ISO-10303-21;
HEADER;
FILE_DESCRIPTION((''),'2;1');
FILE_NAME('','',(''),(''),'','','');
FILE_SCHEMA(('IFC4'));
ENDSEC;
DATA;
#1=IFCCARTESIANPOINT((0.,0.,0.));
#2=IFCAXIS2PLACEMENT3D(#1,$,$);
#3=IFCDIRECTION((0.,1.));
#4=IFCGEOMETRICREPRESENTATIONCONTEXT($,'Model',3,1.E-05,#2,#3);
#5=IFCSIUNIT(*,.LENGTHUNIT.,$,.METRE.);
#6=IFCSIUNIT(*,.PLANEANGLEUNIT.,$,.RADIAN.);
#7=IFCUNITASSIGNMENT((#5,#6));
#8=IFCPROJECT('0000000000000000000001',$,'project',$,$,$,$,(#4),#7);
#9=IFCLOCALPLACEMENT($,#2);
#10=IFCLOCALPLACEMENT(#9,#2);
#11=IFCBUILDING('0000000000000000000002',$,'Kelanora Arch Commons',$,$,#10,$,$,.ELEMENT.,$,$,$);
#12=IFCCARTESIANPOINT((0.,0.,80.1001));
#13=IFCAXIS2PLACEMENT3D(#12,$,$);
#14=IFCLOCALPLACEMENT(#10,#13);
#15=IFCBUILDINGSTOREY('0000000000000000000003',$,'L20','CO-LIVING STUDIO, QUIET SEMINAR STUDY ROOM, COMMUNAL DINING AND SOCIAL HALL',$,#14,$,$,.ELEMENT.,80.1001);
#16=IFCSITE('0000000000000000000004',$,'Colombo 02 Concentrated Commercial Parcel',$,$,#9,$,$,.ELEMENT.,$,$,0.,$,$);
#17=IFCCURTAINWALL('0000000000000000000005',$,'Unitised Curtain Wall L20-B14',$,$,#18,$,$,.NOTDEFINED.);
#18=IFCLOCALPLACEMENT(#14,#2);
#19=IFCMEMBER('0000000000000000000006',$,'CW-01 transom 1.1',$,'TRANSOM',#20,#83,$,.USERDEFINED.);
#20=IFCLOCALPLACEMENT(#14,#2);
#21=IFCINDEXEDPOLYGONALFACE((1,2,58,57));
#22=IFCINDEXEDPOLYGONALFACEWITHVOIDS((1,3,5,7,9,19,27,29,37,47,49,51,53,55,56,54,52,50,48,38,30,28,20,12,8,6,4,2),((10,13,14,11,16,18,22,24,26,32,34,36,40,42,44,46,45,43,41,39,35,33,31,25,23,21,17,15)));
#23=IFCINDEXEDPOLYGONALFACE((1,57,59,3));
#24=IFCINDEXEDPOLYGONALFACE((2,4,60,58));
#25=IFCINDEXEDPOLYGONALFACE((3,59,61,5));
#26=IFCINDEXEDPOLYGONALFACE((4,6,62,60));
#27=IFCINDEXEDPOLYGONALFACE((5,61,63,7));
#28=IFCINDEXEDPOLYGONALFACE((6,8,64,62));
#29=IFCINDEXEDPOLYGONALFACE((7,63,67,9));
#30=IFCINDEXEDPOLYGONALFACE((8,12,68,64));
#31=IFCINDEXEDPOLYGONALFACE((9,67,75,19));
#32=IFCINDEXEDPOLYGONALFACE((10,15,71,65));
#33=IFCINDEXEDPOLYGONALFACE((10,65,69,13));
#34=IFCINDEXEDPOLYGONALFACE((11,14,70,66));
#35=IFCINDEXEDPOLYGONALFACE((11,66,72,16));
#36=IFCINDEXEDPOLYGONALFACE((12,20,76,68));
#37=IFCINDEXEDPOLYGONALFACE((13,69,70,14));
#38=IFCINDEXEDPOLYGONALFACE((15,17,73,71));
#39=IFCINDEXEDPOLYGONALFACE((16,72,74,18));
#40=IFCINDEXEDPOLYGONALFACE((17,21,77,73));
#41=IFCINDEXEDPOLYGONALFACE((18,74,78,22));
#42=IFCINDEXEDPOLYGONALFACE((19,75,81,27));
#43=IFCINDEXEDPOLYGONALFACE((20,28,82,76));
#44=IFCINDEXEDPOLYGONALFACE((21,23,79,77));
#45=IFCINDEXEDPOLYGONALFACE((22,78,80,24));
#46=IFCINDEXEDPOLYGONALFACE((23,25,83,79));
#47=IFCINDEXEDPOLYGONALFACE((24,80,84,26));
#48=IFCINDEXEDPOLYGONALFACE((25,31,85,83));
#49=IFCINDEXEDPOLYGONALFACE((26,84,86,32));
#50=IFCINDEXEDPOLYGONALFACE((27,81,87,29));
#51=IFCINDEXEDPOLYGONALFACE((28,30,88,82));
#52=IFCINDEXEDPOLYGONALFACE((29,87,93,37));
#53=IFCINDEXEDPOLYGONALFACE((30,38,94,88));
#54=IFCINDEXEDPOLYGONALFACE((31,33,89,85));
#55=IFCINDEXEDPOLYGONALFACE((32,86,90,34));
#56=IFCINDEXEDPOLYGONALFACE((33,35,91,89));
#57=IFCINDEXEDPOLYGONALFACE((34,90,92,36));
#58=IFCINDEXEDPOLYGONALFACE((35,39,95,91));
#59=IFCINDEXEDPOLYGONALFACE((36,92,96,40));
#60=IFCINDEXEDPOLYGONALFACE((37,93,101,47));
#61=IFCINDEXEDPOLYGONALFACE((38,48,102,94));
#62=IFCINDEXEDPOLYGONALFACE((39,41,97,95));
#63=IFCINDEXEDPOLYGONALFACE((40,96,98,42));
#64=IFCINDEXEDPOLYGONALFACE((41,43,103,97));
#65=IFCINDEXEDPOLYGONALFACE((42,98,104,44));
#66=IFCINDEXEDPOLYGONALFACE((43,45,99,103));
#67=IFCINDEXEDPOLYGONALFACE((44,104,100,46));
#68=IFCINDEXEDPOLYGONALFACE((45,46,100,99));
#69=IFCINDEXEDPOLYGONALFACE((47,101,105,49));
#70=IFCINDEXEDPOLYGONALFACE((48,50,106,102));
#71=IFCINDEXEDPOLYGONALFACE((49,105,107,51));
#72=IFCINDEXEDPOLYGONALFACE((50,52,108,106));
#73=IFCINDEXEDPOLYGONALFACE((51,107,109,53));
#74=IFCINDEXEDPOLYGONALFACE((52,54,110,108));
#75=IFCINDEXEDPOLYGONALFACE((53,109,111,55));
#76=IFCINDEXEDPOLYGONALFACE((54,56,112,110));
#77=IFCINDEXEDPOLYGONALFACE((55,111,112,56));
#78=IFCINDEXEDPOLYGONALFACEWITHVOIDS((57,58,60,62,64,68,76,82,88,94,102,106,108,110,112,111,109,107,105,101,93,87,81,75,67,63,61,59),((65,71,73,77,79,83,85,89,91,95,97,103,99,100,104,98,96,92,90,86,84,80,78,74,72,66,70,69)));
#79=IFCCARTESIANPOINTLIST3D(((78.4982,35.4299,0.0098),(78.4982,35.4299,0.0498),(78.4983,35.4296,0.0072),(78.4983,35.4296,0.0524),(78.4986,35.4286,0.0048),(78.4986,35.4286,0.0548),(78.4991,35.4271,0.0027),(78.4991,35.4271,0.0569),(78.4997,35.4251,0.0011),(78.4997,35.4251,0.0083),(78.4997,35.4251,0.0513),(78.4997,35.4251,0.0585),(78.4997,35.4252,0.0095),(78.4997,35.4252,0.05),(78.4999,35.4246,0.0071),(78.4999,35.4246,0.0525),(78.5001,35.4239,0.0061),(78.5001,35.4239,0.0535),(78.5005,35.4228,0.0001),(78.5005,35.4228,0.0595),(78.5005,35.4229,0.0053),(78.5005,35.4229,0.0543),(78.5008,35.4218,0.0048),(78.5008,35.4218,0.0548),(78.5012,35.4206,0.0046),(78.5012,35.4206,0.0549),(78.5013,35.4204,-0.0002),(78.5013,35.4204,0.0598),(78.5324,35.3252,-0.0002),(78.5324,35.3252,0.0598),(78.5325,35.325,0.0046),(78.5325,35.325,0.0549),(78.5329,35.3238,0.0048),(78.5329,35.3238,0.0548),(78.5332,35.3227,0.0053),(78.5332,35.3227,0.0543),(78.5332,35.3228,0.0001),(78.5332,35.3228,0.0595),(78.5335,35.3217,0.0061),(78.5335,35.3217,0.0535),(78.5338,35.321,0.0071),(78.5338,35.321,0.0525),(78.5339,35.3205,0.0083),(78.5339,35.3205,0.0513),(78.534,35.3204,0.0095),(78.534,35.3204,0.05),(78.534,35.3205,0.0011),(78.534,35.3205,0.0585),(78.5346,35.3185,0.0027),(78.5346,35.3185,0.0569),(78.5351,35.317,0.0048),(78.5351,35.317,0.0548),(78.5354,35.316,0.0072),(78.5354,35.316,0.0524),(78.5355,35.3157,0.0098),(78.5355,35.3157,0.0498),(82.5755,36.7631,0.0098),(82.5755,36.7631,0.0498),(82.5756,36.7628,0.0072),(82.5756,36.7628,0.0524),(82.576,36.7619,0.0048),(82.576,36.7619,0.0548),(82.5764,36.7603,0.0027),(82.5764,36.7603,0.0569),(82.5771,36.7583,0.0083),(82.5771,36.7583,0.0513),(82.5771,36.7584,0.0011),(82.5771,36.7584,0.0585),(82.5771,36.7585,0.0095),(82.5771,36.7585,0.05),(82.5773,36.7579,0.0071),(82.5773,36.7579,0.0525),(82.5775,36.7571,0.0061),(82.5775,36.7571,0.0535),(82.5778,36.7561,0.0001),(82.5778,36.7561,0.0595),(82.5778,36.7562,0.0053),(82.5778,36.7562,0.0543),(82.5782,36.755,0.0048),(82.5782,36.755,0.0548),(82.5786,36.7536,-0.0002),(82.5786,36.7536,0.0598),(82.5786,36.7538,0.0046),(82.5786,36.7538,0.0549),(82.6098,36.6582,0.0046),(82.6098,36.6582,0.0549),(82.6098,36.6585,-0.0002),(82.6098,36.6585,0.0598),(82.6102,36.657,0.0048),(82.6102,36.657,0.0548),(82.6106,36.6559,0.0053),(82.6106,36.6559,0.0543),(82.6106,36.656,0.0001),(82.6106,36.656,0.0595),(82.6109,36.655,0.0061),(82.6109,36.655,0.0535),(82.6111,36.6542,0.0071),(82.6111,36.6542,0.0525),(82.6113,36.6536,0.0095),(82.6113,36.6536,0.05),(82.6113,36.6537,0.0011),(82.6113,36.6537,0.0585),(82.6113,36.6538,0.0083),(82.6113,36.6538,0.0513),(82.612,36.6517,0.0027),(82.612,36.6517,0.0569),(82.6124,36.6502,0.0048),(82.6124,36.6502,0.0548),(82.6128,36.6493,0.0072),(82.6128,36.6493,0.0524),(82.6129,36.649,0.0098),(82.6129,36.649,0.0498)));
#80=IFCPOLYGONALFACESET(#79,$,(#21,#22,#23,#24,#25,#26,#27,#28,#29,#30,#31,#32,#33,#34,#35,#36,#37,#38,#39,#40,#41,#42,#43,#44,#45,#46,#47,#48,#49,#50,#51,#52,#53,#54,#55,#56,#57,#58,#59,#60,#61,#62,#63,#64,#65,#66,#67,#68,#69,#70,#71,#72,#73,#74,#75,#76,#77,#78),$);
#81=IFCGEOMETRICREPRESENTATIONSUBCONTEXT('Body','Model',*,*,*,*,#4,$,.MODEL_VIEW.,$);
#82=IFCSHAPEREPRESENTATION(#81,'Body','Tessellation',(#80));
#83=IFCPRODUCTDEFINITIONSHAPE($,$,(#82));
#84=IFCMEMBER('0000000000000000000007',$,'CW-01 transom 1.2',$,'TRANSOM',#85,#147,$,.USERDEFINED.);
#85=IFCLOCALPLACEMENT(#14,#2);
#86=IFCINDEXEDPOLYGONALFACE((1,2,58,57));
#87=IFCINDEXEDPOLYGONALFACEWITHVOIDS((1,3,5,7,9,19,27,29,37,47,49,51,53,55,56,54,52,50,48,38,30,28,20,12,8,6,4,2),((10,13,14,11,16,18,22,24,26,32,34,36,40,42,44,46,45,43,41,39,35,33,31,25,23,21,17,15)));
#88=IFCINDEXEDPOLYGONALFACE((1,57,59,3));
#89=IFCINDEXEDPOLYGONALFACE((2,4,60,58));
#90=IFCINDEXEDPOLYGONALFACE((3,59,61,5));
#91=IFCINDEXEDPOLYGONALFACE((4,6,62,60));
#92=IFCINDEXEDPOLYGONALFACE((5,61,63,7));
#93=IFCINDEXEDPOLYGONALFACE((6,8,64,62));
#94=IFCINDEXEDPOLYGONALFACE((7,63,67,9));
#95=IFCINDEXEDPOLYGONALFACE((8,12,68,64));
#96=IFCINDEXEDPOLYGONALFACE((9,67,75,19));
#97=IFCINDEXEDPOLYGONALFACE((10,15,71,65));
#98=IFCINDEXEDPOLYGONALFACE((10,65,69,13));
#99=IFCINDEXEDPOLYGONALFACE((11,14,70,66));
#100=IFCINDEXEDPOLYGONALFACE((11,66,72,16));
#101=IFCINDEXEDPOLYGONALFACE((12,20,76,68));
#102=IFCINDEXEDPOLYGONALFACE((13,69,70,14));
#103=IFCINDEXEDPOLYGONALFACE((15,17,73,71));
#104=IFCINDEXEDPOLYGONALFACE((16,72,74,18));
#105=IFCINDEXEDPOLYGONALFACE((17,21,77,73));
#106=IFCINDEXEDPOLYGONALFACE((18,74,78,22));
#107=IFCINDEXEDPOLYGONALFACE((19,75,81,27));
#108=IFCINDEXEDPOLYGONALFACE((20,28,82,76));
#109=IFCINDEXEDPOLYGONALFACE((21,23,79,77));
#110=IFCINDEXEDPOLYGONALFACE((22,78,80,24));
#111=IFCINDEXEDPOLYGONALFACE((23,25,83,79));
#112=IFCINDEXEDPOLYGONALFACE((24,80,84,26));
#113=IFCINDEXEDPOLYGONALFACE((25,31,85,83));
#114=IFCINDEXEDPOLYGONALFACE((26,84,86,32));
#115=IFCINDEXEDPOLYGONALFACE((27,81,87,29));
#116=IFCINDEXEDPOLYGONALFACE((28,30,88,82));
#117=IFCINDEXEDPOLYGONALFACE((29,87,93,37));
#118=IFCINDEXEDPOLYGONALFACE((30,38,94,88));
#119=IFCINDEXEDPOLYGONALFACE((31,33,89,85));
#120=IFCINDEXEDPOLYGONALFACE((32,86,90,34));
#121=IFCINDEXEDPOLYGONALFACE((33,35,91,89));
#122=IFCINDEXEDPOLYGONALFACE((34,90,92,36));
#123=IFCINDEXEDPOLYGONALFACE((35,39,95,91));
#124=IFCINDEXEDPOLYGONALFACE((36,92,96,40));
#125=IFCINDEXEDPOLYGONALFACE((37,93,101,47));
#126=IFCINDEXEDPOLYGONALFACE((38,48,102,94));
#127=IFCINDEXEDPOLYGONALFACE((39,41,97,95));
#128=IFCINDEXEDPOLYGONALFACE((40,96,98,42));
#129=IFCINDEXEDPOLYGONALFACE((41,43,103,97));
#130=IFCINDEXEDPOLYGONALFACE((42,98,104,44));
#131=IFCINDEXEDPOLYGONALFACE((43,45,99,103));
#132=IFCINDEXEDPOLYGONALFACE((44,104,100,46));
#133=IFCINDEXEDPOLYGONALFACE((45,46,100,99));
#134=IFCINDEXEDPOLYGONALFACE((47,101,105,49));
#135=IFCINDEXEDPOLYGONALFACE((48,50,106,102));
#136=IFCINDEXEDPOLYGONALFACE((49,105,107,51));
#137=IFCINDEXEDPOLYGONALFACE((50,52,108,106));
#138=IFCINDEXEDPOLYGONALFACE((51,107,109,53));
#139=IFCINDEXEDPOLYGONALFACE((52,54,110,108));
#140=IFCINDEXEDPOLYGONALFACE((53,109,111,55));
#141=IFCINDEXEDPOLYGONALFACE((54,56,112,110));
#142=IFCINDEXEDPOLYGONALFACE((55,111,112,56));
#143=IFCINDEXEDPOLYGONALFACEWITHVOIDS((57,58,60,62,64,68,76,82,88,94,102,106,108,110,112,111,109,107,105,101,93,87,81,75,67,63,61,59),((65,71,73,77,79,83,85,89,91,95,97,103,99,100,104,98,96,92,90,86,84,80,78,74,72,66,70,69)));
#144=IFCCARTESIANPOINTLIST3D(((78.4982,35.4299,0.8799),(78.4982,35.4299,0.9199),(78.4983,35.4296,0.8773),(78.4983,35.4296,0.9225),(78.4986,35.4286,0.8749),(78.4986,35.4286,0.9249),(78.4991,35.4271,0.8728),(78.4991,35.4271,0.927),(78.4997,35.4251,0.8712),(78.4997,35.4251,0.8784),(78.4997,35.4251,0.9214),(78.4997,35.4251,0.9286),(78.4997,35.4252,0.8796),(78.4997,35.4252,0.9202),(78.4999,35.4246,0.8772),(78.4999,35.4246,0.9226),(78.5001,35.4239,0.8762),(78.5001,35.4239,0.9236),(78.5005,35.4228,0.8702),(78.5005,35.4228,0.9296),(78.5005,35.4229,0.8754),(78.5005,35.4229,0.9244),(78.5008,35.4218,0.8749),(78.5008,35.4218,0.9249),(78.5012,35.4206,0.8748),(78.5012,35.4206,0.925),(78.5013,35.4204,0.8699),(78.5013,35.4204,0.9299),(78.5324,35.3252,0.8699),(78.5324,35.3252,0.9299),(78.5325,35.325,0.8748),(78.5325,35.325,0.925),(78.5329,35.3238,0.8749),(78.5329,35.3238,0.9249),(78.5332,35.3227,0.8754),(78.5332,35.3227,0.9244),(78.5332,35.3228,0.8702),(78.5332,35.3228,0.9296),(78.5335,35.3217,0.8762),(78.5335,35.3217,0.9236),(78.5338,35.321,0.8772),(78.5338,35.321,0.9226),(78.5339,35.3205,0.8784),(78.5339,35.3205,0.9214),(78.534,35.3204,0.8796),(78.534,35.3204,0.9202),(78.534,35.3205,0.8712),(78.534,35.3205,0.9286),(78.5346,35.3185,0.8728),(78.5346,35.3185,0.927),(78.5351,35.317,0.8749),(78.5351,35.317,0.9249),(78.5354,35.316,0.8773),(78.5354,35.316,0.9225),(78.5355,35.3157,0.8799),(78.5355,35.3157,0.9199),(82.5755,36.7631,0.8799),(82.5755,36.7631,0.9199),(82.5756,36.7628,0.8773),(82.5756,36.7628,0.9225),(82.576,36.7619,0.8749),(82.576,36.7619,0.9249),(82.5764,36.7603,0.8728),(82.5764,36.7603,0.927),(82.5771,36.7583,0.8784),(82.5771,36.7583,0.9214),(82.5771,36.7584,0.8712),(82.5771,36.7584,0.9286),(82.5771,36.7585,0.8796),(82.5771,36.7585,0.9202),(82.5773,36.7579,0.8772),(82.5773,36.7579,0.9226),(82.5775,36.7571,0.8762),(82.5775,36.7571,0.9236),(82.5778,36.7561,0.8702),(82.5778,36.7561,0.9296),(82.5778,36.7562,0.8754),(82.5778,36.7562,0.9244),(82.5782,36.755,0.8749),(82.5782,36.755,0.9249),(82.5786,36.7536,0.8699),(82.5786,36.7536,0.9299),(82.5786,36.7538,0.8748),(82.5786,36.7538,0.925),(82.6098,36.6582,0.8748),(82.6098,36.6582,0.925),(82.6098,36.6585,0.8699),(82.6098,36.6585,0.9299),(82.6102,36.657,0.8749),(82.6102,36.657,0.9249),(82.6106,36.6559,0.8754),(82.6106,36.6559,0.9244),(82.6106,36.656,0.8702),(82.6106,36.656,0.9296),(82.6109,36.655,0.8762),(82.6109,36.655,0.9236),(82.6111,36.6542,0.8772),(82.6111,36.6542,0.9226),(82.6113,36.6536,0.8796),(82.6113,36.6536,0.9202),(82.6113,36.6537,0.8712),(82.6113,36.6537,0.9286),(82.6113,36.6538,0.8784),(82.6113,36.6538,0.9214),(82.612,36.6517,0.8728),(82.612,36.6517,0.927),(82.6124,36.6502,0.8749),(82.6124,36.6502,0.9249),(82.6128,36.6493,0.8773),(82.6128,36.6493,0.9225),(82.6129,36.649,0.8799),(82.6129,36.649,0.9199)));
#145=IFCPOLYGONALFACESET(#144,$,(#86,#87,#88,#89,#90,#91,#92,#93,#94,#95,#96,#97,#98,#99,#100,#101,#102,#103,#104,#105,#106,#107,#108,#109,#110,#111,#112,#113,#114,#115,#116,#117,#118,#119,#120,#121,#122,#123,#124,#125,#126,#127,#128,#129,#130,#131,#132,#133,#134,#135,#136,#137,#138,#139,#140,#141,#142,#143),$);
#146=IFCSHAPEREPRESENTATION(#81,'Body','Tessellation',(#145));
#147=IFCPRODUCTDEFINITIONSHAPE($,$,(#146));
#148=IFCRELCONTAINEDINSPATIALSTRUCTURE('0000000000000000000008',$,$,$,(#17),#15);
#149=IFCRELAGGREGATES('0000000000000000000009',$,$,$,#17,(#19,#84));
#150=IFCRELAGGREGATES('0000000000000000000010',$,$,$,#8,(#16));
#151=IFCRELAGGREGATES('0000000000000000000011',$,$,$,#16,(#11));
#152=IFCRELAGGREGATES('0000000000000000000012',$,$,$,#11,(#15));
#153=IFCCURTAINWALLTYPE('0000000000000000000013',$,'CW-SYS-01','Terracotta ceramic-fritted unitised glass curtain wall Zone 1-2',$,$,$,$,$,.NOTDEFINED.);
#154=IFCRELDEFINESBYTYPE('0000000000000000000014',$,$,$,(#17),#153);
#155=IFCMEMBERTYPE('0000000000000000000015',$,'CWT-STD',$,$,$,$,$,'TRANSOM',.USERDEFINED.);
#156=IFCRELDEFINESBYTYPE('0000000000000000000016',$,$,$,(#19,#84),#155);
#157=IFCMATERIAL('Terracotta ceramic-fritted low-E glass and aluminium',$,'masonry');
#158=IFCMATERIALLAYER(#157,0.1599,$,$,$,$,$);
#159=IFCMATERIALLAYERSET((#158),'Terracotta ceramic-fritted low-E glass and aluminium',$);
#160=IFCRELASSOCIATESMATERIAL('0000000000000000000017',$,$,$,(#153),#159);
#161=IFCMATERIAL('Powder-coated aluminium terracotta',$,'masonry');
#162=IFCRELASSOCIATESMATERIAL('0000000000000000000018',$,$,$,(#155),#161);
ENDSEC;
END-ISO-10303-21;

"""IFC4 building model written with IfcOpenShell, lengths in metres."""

from ifc_helpers import new_model, si_unit, direction, frame, origin, origin_2d, place, context, subcontext, project, spatial, hollow_rectangle, extrude, material, layer, layer_set, material_profile, profile_set, type_object, element, aggregate, save


model = new_model("IFC4")

# Units and contexts
model_context = context("Model", 3, precision=1e-05, world=origin(), true_north=direction((0.0, 1.0)))
body_context = subcontext(model_context, "Body", "Model", "MODEL_VIEW")
ifc_project = project(units=[si_unit("LENGTHUNIT", "METRE"), si_unit("PLANEANGLEUNIT", "RADIAN")], contexts=[model_context])

# Site, building, storey
site_placement = place(None, origin())
site = spatial("IfcSite", under=ifc_project, at=site_placement, Name="Colombo 02 Concentrated Commercial Parcel", CompositionType="ELEMENT", RefElevation=0.0)
building_placement = place(site_placement, origin())
building = spatial("IfcBuilding", under=site, at=building_placement, Name="Kelanora Arch Commons", CompositionType="ELEMENT")
storey_placement = place(building_placement, frame((0.0, 0.0, 80.1001)))
storey = spatial("IfcBuildingStorey", under=building, at=storey_placement, Name="L20", Description="CO-LIVING STUDIO, QUIET SEMINAR STUDY ROOM, COMMUNAL DINING AND SOCIAL HALL", CompositionType="ELEMENT", Elevation=80.1001)

# Curtain wall, members
ifc_material_1 = material(Name="Terracotta ceramic-fritted low-E glass and aluminium", Category="masonry")
ifc_layer_1 = layer(ifc_material_1, 0.1599)
ifc_layer_set_1 = layer_set([ifc_layer_1], Name="Terracotta ceramic-fritted low-E glass and aluminium")
curtain_wall_type = type_object("IfcCurtainWallType", Name="CW-SYS-01", Description="Terracotta ceramic-fritted unitised glass curtain wall Zone 1-2", PredefinedType="NOTDEFINED", material=ifc_layer_set_1)
curtain_wall_placement = place(storey_placement, origin())
curtain_wall = element("IfcCurtainWall", 1, at=curtain_wall_placement, inside=storey, type_object=curtain_wall_type, Name="Unitised Curtain Wall L20-B14", PredefinedType="NOTDEFINED")
ifc_material_2 = material(Name="Powder-coated aluminium terracotta", Category="masonry")
ifc_material_profile_1 = material_profile(ifc_material_2, hollow_rectangle(XDim=0.1201, YDim=0.0601, WallThickness=0.0049, InnerFilletRadius=0.0049, OuterFilletRadius=0.01, at=origin_2d()), Name="CWT120x60")
ifc_profile_set_1 = profile_set([ifc_material_profile_1], Name="Powder-coated aluminium terracotta")
member_type_1 = type_object("IfcMemberType", Name="CWT-STD", ElementType="TRANSOM", PredefinedType="USERDEFINED", material=ifc_profile_set_1)
member_1_placement = place(storey_placement, frame((78.5168, 35.3728, 0.0298), z_axis=(0.950478, 0.310793, 0.0), x_axis=(-0.310793, 0.950478, 0.0)))
member_1 = element("IfcMember", 2, at=member_1_placement, type_object=member_type_1, Name="CW-01 transom 1.1", ObjectType="TRANSOM", PredefinedType="USERDEFINED", context=body_context, shape_type="SweptSolid", body=[
    extrude(hollow_rectangle(XDim=0.1201, YDim=0.0601, WallThickness=0.0049, InnerFilletRadius=0.0049, OuterFilletRadius=0.01, at=origin_2d()), origin(), (0.0, 0.0, 1.0), 4.2898),
])
member_2_placement = place(storey_placement, frame((78.5168, 35.3728, 0.8999), z_axis=(0.950478, 0.310793, 0.0), x_axis=(-0.310793, 0.950478, 0.0)))
member_2 = element("IfcMember", 3, at=member_2_placement, type_object=member_type_1, Name="CW-01 transom 1.2", ObjectType="TRANSOM", PredefinedType="USERDEFINED", context=body_context, shape_type="SweptSolid", body=[
    extrude(hollow_rectangle(XDim=0.1201, YDim=0.0601, WallThickness=0.0049, InnerFilletRadius=0.0049, OuterFilletRadius=0.01, at=origin_2d()), origin(), (0.0, 0.0, 1.0), 4.2898),
])
aggregate(curtain_wall, [member_1, member_2])

save(model, "model.ifc")
